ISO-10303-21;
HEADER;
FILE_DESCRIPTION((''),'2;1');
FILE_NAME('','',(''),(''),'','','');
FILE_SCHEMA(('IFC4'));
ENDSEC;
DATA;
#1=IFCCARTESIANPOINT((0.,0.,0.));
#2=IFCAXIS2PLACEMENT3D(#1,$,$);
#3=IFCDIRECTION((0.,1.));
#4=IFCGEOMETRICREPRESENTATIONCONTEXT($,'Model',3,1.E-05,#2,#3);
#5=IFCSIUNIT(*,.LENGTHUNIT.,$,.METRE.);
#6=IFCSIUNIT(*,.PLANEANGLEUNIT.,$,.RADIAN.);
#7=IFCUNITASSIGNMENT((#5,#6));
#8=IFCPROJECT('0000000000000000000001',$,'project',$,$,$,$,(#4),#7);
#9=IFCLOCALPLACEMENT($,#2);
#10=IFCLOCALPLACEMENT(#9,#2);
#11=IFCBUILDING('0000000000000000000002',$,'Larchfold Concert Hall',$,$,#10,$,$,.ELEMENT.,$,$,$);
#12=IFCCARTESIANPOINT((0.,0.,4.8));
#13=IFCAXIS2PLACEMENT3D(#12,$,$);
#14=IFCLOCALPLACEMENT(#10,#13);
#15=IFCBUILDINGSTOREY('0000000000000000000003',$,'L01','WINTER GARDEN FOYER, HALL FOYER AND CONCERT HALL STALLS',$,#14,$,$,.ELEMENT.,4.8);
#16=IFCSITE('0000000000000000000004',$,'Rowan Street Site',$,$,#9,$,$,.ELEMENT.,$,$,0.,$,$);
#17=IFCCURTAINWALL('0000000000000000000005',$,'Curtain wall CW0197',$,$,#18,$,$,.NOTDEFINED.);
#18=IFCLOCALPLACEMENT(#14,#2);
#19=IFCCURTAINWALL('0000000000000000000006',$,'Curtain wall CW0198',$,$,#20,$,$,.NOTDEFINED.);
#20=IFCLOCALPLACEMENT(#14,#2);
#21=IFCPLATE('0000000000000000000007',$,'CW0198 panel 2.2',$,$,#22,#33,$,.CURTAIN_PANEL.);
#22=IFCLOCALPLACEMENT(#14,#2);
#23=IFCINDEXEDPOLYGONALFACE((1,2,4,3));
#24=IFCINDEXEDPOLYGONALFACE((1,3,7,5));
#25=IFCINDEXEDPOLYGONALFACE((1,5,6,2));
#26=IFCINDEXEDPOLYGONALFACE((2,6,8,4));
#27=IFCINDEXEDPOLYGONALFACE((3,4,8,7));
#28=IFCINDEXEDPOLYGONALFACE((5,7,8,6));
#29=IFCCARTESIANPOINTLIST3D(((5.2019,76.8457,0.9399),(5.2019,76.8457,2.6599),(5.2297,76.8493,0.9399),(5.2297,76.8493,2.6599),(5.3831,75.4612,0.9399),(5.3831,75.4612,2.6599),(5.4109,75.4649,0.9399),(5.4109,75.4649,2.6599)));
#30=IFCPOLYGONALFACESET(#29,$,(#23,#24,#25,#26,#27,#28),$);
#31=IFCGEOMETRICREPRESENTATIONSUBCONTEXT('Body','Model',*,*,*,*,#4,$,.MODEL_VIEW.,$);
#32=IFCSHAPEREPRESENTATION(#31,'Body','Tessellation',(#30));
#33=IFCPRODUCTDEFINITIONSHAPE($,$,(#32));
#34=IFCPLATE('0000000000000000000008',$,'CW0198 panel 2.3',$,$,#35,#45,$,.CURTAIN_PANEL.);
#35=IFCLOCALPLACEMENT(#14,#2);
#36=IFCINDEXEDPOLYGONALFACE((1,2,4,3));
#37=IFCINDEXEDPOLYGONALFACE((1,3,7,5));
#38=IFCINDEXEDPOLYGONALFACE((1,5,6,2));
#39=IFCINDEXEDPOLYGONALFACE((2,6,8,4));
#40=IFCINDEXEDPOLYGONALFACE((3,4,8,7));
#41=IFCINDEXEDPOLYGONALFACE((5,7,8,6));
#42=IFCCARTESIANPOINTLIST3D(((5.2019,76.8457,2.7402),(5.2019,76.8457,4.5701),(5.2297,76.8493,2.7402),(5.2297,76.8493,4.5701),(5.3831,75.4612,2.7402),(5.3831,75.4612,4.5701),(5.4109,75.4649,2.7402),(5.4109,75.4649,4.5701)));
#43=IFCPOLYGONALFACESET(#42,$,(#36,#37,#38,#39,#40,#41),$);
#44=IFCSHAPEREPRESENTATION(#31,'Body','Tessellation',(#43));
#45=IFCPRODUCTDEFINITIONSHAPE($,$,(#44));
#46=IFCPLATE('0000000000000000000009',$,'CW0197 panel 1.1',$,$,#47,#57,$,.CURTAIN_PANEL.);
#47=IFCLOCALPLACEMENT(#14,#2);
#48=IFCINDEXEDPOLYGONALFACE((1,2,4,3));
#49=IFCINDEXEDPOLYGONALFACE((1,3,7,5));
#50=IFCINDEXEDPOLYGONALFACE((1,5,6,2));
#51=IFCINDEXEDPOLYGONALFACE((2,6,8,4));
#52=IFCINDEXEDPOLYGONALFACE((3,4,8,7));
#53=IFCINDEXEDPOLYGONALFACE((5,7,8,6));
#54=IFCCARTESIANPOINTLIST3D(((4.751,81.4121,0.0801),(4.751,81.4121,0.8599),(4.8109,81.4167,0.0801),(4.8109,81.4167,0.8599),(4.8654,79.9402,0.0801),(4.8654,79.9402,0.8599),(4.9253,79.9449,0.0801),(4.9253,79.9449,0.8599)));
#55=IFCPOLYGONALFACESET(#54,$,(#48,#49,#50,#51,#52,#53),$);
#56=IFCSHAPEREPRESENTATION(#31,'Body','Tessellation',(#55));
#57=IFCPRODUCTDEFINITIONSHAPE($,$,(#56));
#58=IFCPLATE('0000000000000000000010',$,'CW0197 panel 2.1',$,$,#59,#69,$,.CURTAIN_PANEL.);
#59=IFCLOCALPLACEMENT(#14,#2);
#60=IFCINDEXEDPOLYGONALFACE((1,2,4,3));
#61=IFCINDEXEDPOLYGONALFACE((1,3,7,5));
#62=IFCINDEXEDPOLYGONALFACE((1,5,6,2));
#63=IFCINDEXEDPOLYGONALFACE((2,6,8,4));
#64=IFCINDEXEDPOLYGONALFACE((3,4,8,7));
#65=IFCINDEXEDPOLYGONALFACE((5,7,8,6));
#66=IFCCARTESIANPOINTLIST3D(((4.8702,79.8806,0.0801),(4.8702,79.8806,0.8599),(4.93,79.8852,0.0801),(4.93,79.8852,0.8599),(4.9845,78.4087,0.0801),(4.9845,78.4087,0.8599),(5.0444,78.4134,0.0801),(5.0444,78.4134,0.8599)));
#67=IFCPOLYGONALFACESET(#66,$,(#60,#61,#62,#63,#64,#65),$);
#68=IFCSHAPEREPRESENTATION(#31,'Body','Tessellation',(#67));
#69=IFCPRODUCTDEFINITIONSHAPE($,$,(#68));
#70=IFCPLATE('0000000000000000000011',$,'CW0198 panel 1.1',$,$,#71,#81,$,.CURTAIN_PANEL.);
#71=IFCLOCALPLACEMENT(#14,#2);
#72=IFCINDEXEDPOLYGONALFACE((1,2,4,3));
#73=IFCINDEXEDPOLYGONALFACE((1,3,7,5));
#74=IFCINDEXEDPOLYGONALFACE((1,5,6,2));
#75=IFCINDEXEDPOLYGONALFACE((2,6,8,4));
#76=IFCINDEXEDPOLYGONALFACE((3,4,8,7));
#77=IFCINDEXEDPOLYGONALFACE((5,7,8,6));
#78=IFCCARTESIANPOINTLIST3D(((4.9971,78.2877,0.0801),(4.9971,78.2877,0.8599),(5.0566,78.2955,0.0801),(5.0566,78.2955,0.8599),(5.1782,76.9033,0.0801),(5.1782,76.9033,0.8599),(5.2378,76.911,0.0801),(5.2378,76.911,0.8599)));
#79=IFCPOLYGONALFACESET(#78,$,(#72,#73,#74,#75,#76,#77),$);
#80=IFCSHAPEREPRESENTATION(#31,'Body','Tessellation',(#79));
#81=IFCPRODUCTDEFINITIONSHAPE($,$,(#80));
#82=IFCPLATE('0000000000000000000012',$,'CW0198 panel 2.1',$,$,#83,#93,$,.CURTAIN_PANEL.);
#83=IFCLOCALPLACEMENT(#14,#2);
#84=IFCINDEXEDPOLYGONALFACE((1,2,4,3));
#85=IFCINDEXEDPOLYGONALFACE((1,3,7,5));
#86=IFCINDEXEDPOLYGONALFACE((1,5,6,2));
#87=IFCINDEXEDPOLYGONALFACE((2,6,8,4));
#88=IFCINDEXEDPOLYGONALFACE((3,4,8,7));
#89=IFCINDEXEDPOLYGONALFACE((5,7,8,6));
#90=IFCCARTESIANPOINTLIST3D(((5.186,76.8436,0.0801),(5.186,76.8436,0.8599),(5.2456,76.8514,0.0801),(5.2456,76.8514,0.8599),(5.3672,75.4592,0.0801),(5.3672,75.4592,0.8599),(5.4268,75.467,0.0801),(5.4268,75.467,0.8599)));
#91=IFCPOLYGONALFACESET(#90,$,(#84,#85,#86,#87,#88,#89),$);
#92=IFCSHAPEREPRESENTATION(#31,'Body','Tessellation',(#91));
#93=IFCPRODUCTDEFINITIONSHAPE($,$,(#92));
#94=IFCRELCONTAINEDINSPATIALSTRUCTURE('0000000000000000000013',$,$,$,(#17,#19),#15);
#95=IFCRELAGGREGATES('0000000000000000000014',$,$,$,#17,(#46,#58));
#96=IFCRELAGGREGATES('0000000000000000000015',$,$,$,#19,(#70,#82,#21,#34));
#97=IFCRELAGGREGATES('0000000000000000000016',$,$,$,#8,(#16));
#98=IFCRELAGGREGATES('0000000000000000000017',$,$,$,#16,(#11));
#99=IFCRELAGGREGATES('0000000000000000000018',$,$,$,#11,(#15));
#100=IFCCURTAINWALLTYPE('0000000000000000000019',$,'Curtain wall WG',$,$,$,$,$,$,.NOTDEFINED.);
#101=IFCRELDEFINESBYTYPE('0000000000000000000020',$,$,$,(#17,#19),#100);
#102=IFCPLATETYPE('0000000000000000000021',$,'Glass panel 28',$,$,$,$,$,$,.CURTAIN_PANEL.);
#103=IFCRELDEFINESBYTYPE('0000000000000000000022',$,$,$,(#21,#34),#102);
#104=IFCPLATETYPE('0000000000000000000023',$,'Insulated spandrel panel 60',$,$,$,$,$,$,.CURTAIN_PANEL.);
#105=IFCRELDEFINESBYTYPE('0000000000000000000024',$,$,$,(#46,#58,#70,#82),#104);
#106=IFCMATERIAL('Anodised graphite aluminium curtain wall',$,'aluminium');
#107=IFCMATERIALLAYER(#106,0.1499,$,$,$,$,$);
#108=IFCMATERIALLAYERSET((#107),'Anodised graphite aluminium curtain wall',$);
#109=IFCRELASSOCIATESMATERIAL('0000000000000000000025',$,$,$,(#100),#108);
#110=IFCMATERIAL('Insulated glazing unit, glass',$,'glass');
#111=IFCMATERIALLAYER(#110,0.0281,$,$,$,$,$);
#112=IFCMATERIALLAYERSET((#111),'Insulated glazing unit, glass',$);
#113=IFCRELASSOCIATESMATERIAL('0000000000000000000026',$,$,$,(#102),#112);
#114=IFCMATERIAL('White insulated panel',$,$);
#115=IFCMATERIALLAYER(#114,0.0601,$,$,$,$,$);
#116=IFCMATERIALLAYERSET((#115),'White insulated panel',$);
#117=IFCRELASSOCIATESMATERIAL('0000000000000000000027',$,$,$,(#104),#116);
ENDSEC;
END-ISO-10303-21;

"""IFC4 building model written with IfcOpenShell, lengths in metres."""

from ifc_helpers import new_model, si_unit, direction, frame, origin, origin_2d, place, context, subcontext, project, spatial, rectangle, extrude, material, layer, layer_set, type_object, element, aggregate, save


model = new_model("IFC4")

# Units and contexts
model_context = context("Model", 3, precision=1e-05, world=origin(), true_north=direction((0.0, 1.0)))
body_context = subcontext(model_context, "Body", "Model", "MODEL_VIEW")
ifc_project = project(units=[si_unit("LENGTHUNIT", "METRE"), si_unit("PLANEANGLEUNIT", "RADIAN")], contexts=[model_context])

# Site, building, storey
site_placement = place(None, origin())
site = spatial("IfcSite", under=ifc_project, at=site_placement, Name="Rowan Street Site", CompositionType="ELEMENT", RefElevation=0.0)
building_placement = place(site_placement, origin())
building = spatial("IfcBuilding", under=site, at=building_placement, Name="Larchfold Concert Hall", CompositionType="ELEMENT")
storey_placement = place(building_placement, frame((0.0, 0.0, 4.8)))
storey = spatial("IfcBuildingStorey", under=building, at=storey_placement, Name="L01", Description="WINTER GARDEN FOYER, HALL FOYER AND CONCERT HALL STALLS", CompositionType="ELEMENT", Elevation=4.8)

# Curtain walls
ifc_material_1 = material(Name="Anodised graphite aluminium curtain wall", Category="aluminium")
ifc_layer_1 = layer(ifc_material_1, 0.1499)
ifc_layer_set_1 = layer_set([ifc_layer_1], Name="Anodised graphite aluminium curtain wall")
curtain_wall_type = type_object("IfcCurtainWallType", Name="Curtain wall WG", PredefinedType="NOTDEFINED", material=ifc_layer_set_1)
curtain_wall_1_placement = place(storey_placement, origin())
curtain_wall_1 = element("IfcCurtainWall", 1, at=curtain_wall_1_placement, inside=storey, type_object=curtain_wall_type, Name="Curtain wall CW0197", PredefinedType="NOTDEFINED")
curtain_wall_2_placement = place(storey_placement, origin())
curtain_wall_2 = element("IfcCurtainWall", 2, at=curtain_wall_2_placement, inside=storey, type_object=curtain_wall_type, Name="Curtain wall CW0198", PredefinedType="NOTDEFINED")

# Plates
ifc_material_2 = material(Name="Insulated glazing unit, glass", Category="glass")
ifc_layer_2 = layer(ifc_material_2, 0.0281)
ifc_layer_set_2 = layer_set([ifc_layer_2], Name="Insulated glazing unit, glass")
plate_type_1 = type_object("IfcPlateType", Name="Glass panel 28", PredefinedType="CURTAIN_PANEL", material=ifc_layer_set_2)
plate_1_placement = place(storey_placement, frame((5.3064, 76.1553, 0.9399), z_axis=(0.0, 0.0, 1.0), x_axis=(0.129764, -0.991545, 0.0)))
plate_1 = element("IfcPlate", 3, at=plate_1_placement, type_object=plate_type_1, Name="CW0198 panel 2.2", PredefinedType="CURTAIN_PANEL", context=body_context, shape_type="SweptSolid", body=[
    extrude(rectangle(XDim=1.3962, YDim=0.0281, at=origin_2d()), origin(), (0.0, 0.0, 1.0), 1.72),
])
plate_2_placement = place(storey_placement, frame((5.3064, 76.1553, 2.7402), z_axis=(0.0, 0.0, 1.0), x_axis=(0.129764, -0.991545, 0.0)))
plate_2 = element("IfcPlate", 4, at=plate_2_placement, type_object=plate_type_1, Name="CW0198 panel 2.3", PredefinedType="CURTAIN_PANEL", context=body_context, shape_type="SweptSolid", body=[
    extrude(rectangle(XDim=1.3962, YDim=0.0281, at=origin_2d()), origin(), (0.0, 0.0, 1.0), 1.8298),
])
ifc_material_3 = material(Name="White insulated panel")
ifc_layer_3 = layer(ifc_material_3, 0.0601)
ifc_layer_set_3 = layer_set([ifc_layer_3], Name="White insulated panel")
plate_type_2 = type_object("IfcPlateType", Name="Insulated spandrel panel 60", PredefinedType="CURTAIN_PANEL", material=ifc_layer_set_3)
plate_3_placement = place(storey_placement, frame((4.8381, 80.6785, 0.0801), z_axis=(0.0, 0.0, 1.0), x_axis=(0.077465, -0.996995, 0.0)))
plate_3 = element("IfcPlate", 5, at=plate_3_placement, type_object=plate_type_2, Name="CW0197 panel 1.1", PredefinedType="CURTAIN_PANEL", context=body_context, shape_type="SweptSolid", body=[
    extrude(rectangle(XDim=1.4763, YDim=0.0601, at=origin_2d()), origin(), (0.0, 0.0, 1.0), 0.7798),
])
plate_4_placement = place(storey_placement, frame((4.9573, 79.147, 0.0801), z_axis=(0.0, 0.0, 1.0), x_axis=(0.077465, -0.996995, 0.0)))
plate_4 = element("IfcPlate", 6, at=plate_4_placement, type_object=plate_type_2, Name="CW0197 panel 2.1", PredefinedType="CURTAIN_PANEL", context=body_context, shape_type="SweptSolid", body=[
    extrude(rectangle(XDim=1.4763, YDim=0.0601, at=origin_2d()), origin(), (0.0, 0.0, 1.0), 0.7798),
])
aggregate(curtain_wall_1, [plate_3, plate_4])
plate_5_placement = place(storey_placement, frame((5.1174, 77.5994, 0.0801), z_axis=(0.0, 0.0, 1.0), x_axis=(0.129764, -0.991545, 0.0)))
plate_5 = element("IfcPlate", 7, at=plate_5_placement, type_object=plate_type_2, Name="CW0198 panel 1.1", PredefinedType="CURTAIN_PANEL", context=body_context, shape_type="SweptSolid", body=[
    extrude(rectangle(XDim=1.3962, YDim=0.0601, at=origin_2d()), origin(), (0.0, 0.0, 1.0), 0.7798),
])
plate_6_placement = place(storey_placement, frame((5.3064, 76.1553, 0.0801), z_axis=(0.0, 0.0, 1.0), x_axis=(0.129764, -0.991545, 0.0)))
plate_6 = element("IfcPlate", 8, at=plate_6_placement, type_object=plate_type_2, Name="CW0198 panel 2.1", PredefinedType="CURTAIN_PANEL", context=body_context, shape_type="SweptSolid", body=[
    extrude(rectangle(XDim=1.3962, YDim=0.0601, at=origin_2d()), origin(), (0.0, 0.0, 1.0), 0.7798),
])
aggregate(curtain_wall_2, [plate_5, plate_6, plate_1, plate_2])

save(model, "model.ifc")
